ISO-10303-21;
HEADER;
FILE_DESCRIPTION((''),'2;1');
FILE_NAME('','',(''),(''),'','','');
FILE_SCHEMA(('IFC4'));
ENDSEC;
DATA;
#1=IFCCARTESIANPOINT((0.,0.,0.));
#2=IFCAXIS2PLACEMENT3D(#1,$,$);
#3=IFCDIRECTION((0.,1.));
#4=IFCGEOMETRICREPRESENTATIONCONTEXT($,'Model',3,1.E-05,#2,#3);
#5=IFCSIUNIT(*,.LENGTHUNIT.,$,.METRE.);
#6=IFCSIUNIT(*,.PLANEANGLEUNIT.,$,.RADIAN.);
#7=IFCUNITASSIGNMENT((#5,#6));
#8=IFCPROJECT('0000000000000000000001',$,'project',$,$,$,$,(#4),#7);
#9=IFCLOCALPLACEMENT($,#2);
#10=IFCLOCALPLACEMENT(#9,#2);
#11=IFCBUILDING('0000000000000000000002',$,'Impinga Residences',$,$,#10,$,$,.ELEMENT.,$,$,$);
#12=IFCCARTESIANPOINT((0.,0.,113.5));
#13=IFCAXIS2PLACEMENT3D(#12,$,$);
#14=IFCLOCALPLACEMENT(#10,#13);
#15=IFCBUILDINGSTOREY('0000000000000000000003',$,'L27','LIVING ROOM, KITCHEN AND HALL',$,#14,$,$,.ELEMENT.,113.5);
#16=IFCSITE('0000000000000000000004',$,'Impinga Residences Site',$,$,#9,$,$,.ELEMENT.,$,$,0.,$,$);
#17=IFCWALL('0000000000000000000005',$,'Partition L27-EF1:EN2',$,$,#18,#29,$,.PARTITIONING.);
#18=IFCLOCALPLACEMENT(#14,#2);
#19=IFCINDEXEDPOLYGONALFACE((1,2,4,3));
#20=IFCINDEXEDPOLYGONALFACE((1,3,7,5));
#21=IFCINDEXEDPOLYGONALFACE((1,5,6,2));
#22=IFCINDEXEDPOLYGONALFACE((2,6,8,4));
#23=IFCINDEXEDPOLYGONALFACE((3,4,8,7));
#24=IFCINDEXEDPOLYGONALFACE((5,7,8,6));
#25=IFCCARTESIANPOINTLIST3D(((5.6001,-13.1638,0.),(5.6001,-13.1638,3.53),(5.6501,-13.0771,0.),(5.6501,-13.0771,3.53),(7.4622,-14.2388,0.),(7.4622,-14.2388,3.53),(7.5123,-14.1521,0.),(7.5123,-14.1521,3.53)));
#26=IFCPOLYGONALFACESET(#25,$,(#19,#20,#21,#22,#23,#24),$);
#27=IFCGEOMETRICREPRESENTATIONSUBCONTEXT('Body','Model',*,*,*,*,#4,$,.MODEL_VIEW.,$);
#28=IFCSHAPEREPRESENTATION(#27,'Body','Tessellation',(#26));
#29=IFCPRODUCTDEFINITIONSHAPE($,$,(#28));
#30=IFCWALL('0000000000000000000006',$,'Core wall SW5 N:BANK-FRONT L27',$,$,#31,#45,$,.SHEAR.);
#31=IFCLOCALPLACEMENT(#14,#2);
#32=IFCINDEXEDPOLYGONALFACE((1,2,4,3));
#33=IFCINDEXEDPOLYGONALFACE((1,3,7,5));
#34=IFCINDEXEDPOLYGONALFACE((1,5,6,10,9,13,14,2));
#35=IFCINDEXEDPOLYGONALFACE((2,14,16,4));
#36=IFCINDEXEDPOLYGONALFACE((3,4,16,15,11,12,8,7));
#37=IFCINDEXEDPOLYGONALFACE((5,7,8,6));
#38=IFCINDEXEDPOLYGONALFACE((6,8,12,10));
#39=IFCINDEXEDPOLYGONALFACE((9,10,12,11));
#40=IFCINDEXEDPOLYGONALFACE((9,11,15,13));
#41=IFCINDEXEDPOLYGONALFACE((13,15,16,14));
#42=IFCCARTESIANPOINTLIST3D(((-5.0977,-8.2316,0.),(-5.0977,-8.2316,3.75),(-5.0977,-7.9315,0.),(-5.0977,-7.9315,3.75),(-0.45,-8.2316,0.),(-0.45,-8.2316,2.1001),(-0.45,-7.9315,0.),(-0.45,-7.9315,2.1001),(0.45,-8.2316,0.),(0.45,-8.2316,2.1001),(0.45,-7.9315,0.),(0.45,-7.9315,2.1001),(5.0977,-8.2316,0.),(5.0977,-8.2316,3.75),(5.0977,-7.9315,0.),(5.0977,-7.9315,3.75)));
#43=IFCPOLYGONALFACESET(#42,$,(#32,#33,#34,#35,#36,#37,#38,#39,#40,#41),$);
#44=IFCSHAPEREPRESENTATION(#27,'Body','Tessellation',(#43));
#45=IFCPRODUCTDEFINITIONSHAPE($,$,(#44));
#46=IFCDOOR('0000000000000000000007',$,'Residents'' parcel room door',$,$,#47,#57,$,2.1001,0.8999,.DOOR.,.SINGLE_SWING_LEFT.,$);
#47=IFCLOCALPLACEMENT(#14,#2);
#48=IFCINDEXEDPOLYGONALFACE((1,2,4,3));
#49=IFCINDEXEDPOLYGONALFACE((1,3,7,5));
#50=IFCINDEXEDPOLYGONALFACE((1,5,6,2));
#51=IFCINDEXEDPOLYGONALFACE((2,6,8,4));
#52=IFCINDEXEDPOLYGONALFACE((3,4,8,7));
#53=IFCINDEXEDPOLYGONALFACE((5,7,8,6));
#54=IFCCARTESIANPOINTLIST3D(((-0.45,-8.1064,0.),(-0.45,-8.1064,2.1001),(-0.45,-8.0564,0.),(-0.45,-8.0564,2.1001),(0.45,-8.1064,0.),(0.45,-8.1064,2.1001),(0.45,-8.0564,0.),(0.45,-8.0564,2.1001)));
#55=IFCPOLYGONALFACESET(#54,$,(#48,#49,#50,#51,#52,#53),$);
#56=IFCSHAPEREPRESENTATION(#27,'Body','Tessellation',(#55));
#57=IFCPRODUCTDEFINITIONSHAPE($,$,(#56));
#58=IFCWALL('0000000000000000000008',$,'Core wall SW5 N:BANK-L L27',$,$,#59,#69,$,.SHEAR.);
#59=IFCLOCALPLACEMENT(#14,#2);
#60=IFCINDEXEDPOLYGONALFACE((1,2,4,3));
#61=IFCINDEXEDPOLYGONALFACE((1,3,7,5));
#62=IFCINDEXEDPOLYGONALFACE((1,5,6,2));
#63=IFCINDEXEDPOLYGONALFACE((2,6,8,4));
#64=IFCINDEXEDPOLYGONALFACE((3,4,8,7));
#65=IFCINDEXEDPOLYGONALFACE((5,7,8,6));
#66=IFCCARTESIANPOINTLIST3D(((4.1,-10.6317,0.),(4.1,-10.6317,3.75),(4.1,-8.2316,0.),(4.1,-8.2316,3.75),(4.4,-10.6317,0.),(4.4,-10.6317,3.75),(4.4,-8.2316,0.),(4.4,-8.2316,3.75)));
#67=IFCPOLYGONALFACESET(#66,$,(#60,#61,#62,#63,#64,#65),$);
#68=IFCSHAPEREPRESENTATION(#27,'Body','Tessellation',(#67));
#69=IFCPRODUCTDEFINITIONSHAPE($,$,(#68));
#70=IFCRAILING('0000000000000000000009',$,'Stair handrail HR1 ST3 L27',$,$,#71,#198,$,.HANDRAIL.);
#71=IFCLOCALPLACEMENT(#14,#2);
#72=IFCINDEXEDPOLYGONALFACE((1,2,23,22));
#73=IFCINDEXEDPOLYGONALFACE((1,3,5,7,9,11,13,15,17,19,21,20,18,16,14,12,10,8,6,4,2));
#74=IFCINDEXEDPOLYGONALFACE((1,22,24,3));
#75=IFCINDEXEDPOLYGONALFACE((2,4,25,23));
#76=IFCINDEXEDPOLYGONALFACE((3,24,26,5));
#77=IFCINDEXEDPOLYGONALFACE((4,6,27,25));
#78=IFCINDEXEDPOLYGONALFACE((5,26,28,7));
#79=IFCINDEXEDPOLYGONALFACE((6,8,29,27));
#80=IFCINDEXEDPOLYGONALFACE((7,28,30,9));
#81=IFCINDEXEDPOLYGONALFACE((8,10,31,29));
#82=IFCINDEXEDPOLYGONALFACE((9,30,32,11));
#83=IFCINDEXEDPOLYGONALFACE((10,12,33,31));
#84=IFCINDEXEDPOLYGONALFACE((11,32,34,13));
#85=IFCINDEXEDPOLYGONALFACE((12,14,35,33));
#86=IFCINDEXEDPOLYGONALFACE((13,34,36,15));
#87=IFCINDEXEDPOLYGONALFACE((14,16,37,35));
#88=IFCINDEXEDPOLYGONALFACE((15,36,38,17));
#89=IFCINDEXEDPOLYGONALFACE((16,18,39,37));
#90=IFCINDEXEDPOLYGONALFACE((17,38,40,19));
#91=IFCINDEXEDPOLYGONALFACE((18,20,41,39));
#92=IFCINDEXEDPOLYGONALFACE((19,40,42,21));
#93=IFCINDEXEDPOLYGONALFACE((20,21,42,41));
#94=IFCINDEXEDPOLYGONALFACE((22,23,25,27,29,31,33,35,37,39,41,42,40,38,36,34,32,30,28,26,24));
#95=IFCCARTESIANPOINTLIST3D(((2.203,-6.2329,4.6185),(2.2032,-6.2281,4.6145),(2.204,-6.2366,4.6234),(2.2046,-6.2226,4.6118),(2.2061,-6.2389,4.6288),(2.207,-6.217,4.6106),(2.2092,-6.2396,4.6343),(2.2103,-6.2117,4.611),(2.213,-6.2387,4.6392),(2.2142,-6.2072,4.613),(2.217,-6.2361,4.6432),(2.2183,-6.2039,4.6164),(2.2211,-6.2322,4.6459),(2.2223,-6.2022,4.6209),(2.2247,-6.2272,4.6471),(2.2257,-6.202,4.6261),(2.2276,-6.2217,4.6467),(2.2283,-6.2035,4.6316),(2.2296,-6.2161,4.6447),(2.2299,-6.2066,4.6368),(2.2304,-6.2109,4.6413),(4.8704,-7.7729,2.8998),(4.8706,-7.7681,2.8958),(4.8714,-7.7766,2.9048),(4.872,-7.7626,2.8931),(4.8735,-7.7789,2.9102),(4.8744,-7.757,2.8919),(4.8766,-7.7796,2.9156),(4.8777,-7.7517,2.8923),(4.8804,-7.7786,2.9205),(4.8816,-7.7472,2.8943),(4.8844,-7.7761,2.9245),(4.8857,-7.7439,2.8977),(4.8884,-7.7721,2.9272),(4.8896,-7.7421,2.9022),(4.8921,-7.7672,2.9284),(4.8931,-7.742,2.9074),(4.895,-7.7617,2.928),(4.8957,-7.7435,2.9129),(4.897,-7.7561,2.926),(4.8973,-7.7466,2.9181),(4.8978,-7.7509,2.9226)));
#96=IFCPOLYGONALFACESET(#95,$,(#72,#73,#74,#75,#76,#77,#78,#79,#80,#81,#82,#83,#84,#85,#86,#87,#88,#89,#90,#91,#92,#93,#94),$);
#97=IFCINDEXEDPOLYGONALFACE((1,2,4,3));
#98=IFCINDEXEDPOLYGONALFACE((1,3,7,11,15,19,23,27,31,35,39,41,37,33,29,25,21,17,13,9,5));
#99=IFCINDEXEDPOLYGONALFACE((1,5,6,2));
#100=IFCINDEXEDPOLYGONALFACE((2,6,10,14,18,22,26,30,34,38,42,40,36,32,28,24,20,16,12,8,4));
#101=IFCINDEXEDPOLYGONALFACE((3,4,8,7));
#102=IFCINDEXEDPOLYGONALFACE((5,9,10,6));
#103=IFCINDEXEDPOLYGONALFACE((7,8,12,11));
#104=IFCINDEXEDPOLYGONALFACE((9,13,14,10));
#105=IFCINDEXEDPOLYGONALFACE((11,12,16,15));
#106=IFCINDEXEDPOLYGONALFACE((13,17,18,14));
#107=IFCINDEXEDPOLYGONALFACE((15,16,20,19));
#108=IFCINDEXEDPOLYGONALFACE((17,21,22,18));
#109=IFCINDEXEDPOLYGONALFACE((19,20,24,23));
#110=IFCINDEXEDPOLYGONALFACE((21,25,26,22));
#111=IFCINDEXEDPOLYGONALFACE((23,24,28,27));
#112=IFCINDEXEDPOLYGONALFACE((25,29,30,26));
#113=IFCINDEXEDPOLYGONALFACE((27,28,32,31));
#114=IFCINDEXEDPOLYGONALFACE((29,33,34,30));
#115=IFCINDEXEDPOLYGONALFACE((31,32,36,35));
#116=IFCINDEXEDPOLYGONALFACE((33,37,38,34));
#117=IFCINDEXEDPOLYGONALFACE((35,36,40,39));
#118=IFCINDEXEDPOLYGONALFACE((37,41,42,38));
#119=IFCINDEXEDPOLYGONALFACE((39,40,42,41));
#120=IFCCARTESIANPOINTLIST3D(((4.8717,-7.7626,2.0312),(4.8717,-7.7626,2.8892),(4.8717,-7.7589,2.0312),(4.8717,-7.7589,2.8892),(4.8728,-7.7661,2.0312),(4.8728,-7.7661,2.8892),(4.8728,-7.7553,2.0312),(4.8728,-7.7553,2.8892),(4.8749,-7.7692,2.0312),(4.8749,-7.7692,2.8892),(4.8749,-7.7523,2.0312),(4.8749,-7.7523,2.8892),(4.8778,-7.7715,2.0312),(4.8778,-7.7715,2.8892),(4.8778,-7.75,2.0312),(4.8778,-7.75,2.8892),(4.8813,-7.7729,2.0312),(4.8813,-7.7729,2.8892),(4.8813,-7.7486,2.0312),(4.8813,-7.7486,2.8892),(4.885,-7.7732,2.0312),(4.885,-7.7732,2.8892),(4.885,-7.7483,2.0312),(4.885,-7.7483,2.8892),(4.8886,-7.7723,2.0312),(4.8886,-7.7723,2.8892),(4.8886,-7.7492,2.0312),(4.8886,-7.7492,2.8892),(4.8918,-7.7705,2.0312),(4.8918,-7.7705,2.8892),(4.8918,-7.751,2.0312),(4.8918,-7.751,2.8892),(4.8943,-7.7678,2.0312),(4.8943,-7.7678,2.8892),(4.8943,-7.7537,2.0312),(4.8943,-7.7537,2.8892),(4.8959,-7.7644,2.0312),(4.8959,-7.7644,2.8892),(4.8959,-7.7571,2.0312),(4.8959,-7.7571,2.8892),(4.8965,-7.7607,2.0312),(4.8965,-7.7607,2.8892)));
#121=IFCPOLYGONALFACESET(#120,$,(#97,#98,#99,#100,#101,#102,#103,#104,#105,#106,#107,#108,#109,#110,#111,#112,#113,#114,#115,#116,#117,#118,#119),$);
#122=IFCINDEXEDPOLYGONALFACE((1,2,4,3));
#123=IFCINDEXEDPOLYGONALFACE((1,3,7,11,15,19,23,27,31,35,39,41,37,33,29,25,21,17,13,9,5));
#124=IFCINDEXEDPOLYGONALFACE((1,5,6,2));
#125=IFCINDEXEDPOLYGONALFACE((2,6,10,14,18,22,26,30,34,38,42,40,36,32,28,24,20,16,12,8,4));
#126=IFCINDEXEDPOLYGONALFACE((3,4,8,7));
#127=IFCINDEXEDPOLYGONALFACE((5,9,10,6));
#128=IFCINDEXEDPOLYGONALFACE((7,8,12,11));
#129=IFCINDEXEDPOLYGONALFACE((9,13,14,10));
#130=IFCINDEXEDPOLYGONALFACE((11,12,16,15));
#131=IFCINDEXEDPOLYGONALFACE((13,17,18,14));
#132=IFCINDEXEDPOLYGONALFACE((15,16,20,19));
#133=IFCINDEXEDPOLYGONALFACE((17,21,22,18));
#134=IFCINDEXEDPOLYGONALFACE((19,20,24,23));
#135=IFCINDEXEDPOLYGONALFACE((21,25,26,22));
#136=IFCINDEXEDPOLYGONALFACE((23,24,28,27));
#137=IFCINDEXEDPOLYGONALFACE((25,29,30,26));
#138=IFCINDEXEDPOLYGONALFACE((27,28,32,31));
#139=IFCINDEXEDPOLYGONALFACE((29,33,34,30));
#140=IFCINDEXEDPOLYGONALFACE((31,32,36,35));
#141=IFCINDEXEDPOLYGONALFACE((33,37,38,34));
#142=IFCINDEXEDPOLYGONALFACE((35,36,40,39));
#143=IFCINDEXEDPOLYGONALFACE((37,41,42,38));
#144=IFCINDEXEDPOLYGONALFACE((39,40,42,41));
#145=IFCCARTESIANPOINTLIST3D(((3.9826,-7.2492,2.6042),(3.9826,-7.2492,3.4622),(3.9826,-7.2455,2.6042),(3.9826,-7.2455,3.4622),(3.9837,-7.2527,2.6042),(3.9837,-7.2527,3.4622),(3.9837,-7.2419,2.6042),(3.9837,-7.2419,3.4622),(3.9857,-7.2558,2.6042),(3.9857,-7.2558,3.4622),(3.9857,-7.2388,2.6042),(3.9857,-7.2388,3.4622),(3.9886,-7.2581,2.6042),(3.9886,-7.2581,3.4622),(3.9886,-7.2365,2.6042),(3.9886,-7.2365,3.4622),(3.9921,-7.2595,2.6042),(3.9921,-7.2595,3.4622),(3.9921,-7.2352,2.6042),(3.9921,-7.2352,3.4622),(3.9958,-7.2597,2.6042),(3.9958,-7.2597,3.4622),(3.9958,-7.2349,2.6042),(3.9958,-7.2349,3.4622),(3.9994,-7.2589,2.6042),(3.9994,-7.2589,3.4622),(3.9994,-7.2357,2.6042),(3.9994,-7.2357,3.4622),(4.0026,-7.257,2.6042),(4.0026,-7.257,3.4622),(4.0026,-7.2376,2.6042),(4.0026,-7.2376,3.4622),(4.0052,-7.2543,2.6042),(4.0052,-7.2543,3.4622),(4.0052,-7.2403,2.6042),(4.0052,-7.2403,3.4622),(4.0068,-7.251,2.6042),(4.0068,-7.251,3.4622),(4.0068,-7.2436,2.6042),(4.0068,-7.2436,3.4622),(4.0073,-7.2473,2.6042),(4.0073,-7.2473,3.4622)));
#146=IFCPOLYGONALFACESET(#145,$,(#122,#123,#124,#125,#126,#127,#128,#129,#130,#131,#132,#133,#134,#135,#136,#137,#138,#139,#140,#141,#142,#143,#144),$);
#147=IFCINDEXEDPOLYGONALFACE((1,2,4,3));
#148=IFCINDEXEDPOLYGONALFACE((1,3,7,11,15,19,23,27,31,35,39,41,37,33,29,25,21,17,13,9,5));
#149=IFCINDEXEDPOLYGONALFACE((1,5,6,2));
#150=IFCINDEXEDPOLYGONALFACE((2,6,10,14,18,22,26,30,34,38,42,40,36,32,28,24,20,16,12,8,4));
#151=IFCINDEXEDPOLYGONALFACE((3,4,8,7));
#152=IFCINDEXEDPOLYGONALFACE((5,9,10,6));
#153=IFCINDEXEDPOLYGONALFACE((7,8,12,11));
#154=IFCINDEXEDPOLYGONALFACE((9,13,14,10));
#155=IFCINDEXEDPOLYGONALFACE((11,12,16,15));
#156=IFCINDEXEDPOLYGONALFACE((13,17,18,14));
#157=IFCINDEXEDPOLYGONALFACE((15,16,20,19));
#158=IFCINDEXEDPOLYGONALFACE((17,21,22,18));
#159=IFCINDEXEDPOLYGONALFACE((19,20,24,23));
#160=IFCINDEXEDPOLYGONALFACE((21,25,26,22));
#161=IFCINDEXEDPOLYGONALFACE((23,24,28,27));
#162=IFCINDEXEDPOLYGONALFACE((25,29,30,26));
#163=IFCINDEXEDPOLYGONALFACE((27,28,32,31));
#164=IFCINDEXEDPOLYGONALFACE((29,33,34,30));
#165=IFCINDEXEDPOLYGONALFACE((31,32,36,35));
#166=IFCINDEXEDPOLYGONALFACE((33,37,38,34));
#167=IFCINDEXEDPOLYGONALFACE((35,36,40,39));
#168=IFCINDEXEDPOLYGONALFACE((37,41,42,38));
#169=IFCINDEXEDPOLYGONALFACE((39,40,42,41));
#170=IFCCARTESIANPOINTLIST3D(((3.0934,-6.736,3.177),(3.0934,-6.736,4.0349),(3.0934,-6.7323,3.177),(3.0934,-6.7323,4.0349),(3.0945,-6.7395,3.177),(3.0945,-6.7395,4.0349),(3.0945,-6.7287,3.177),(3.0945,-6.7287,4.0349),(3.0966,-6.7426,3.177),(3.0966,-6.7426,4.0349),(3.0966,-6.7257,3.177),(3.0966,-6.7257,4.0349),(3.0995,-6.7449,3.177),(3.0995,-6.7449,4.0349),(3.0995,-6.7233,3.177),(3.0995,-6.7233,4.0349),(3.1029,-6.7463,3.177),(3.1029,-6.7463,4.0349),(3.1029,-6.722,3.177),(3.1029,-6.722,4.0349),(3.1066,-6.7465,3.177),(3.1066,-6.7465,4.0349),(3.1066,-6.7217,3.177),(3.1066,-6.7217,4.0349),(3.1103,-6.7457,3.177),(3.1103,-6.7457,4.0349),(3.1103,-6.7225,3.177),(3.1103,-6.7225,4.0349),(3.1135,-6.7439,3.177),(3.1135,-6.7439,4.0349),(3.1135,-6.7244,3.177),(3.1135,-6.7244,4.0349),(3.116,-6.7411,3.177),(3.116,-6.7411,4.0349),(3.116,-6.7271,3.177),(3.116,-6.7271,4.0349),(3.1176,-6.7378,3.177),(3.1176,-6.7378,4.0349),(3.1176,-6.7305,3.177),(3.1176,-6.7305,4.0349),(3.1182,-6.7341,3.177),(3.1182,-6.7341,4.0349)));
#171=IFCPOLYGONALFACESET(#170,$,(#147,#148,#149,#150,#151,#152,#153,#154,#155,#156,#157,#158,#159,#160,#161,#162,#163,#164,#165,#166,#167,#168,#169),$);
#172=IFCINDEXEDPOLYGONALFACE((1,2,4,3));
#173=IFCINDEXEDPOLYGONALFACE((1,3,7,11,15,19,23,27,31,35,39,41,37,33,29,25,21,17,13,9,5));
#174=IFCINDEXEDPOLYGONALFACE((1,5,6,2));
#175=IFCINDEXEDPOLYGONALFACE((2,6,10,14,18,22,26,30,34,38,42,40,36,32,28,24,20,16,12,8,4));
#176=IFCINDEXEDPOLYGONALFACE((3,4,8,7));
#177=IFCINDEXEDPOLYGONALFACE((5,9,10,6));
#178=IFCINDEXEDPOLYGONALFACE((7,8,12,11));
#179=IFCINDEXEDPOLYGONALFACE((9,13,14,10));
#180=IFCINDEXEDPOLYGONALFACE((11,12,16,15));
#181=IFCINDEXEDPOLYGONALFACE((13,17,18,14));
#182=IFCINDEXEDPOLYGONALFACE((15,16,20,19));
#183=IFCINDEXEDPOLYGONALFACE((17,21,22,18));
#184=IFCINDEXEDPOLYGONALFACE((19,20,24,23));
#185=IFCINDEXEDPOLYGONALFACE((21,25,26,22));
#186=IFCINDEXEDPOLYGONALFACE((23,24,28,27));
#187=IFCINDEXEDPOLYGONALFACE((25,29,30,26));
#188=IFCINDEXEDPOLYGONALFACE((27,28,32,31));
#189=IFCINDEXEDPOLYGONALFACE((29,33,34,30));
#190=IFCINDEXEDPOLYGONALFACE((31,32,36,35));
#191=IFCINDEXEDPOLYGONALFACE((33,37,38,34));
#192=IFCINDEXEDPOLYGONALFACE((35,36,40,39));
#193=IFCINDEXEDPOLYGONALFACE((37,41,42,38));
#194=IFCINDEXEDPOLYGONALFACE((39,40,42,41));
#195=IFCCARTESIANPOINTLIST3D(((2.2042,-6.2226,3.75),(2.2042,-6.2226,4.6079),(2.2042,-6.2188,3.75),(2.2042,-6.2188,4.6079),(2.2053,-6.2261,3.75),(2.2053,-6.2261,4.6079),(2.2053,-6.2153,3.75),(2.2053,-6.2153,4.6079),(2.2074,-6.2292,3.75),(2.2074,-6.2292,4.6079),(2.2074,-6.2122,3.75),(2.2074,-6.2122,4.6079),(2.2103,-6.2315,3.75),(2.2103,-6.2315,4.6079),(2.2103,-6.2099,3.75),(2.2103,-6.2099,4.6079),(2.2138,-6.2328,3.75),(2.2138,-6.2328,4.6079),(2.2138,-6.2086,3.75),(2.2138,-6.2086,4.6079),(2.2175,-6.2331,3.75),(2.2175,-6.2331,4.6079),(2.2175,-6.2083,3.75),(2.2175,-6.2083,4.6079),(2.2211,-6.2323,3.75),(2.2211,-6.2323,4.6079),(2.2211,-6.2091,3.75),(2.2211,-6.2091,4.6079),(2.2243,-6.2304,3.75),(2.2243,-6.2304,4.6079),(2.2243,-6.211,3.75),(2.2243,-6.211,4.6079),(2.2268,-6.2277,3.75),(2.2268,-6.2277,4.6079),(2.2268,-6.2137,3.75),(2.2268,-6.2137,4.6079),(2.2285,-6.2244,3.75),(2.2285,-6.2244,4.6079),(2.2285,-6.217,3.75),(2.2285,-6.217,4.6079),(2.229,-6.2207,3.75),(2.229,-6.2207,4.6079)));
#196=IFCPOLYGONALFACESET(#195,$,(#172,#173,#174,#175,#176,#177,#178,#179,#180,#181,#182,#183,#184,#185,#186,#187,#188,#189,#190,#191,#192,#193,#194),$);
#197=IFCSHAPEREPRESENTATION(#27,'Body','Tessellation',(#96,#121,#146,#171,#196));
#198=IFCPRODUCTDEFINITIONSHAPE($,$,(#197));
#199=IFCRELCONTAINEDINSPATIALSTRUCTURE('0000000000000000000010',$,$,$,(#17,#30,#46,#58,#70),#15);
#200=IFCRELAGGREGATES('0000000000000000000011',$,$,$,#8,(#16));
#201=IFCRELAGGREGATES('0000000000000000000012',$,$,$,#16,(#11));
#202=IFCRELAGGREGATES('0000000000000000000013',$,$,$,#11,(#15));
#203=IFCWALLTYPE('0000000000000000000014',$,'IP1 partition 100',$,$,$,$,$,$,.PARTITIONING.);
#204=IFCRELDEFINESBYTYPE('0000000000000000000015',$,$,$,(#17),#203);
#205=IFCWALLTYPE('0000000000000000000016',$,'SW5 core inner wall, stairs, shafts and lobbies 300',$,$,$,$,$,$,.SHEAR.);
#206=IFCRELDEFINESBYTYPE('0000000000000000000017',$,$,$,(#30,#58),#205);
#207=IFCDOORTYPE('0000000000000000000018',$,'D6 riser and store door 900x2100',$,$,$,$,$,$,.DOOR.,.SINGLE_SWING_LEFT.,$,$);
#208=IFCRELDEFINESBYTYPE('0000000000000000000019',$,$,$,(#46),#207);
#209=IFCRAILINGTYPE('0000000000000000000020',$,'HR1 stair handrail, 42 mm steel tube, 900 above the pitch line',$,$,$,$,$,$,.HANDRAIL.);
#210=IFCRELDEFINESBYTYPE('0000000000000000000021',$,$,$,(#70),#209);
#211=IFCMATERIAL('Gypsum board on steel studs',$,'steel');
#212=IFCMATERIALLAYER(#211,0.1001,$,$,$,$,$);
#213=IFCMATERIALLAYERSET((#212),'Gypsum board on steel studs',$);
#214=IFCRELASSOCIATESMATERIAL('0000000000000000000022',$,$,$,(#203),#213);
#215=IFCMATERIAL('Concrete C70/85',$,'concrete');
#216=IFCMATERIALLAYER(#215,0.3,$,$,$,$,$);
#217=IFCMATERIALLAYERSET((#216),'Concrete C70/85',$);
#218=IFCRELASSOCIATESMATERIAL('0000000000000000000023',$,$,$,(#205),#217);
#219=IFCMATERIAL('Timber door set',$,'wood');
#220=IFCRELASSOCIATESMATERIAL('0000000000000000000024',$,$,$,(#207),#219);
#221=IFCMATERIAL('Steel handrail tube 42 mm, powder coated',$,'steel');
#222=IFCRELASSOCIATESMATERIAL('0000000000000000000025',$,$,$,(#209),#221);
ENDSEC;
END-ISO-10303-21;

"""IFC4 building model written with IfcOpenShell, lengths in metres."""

from ifc_helpers import new_model, si_unit, direction, frame, frame_2d, origin, origin_2d, place, context, subcontext, project, spatial, rectangle, circle, extrude, material, layer, layer_set, type_object, element, fill, save


model = new_model("IFC4")

# Units and contexts
model_context = context("Model", 3, precision=1e-05, world=origin(), true_north=direction((0.0, 1.0)))
body_context = subcontext(model_context, "Body", "Model", "MODEL_VIEW")
ifc_project = project(units=[si_unit("LENGTHUNIT", "METRE"), si_unit("PLANEANGLEUNIT", "RADIAN")], contexts=[model_context])

# Site, building, storey
site_placement = place(None, origin())
site = spatial("IfcSite", under=ifc_project, at=site_placement, Name="Impinga Residences Site", CompositionType="ELEMENT", RefElevation=0.0)
building_placement = place(site_placement, origin())
building = spatial("IfcBuilding", under=site, at=building_placement, Name="Impinga Residences", CompositionType="ELEMENT")
storey_placement = place(building_placement, frame((0.0, 0.0, 113.5)))
storey = spatial("IfcBuildingStorey", under=building, at=storey_placement, Name="L27", Description="LIVING ROOM, KITCHEN AND HALL", CompositionType="ELEMENT", Elevation=113.5)

# Shared definitions
ifc_material_1 = material(Name="Gypsum board on steel studs", Category="steel")
ifc_layer_1 = layer(ifc_material_1, 0.1001)
ifc_layer_set_1 = layer_set([ifc_layer_1], Name="Gypsum board on steel studs")
wall_type_1 = type_object("IfcWallType", Name="IP1 partition 100", PredefinedType="PARTITIONING", material=ifc_layer_set_1)

# Shared definitions
ifc_material_2 = material(Name="Timber door set", Category="wood")

# Wall
wall_1_placement = place(storey_placement, frame((5.625, -13.1204, 0.0), z_axis=(0.0, 0.0, 1.0), x_axis=(0.866048, -0.499962, 0.0)))
element("IfcWall", 1, at=wall_1_placement, inside=storey, type_object=wall_type_1, Name="Partition L27-EF1:EN2", PredefinedType="PARTITIONING", context=body_context, shape_type="SweptSolid", body=[
    extrude(rectangle(XDim=2.1501, YDim=0.1001, at=frame_2d((1.0752, 0.0))), origin(), (0.0, 0.0, 1.0), 3.53),
])

# Wall, opening, door
ifc_material_3 = material(Name="Concrete C70/85", Category="concrete")
ifc_layer_2 = layer(ifc_material_3, 0.3)
ifc_layer_set_2 = layer_set([ifc_layer_2], Name="Concrete C70/85")
wall_type_2 = type_object("IfcWallType", Name="SW5 core inner wall, stairs, shafts and lobbies 300", PredefinedType="SHEAR", material=ifc_layer_set_2)
wall_2_placement = place(storey_placement, frame((5.0977, -8.0815, 0.0), z_axis=(0.0, 0.0, 1.0), x_axis=(-1.0, 0.0, 0.0)))
wall_2 = element("IfcWall", 2, at=wall_2_placement, inside=storey, type_object=wall_type_2, Name="Core wall SW5 N:BANK-FRONT L27", PredefinedType="SHEAR", context=body_context, shape_type="SweptSolid", body=[
    extrude(rectangle(XDim=10.1953, YDim=0.3, at=frame_2d((5.0977, 0.0))), origin(), (0.0, 0.0, 1.0), 3.75),
])
opening_1_placement = place(wall_2_placement, frame((4.6477, 0.0, 0.0)))
opening_1 = element("IfcOpeningElement", 3, at=opening_1_placement, cuts=wall_2, PredefinedType="OPENING", context=body_context, shape_type="SweptSolid", body=[
    extrude(rectangle(XDim=0.8999, YDim=2.1001, at=frame_2d((0.45, 1.05))), frame((0.0, 0.1599, 0.0), z_axis=(0.0, -1.0, 0.0), x_axis=(1.0, 0.0, 0.0)), (0.0, 0.0, 1.0), 0.3201),
])
door_type_1 = type_object("IfcDoorType", Name="D6 riser and store door 900x2100", OperationType="SINGLE_SWING_LEFT", PredefinedType="DOOR", material=ifc_material_2)
door_1_placement = place(opening_1_placement, origin())
door_1 = element("IfcDoor", 4, at=door_1_placement, inside=storey, type_object=door_type_1, Name="Residents' parcel room door", OperationType="SINGLE_SWING_LEFT", OverallHeight=2.1001, OverallWidth=0.8999, PredefinedType="DOOR", context=body_context, shape_type="SweptSolid", body=[
    extrude(rectangle(XDim=0.8999, YDim=2.1001, at=frame_2d((0.45, 1.05))), frame((0.0, 0.0249, 0.0), z_axis=(0.0, -1.0, 0.0), x_axis=(1.0, 0.0, 0.0)), (0.0, 0.0, 1.0), 0.05),
])
fill(opening_1, door_1)

# Wall
wall_3_placement = place(storey_placement, frame((4.25, -8.2314, 0.0), z_axis=(0.0, 0.0, 1.0), x_axis=(0.0, -1.0, 0.0)))
element("IfcWall", 5, at=wall_3_placement, inside=storey, type_object=wall_type_2, Name="Core wall SW5 N:BANK-L L27", PredefinedType="SHEAR", context=body_context, shape_type="SweptSolid", body=[
    extrude(rectangle(XDim=2.4001, YDim=0.3, at=frame_2d((1.2002, 0.0))), origin(), (0.0, 0.0, 1.0), 3.75),
])

# Railing
ifc_material_4 = material(Name="Steel handrail tube 42 mm, powder coated", Category="steel")
railing_type = type_object("IfcRailingType", Name="HR1 stair handrail, 42 mm steel tube, 900 above the pitch line", PredefinedType="HANDRAIL", material=ifc_material_4)
railing_placement = place(storey_placement, frame((4.884, -7.7607, 2.0312)))
element("IfcRailing", 6, at=railing_placement, inside=storey, type_object=railing_type, Name="Stair handrail HR1 ST3 L27", PredefinedType="HANDRAIL", context=body_context, shape_type="SweptSolid", body=[
    extrude(circle(Radius=0.021, at=origin_2d()), frame((0.0, 0.0, 0.8789), z_axis=(-0.756256, 0.436616, 0.487282), x_axis=(-0.499992, -0.86603, 0.0)), (0.0, 0.0, 1.0), 3.5271),
    extrude(circle(Radius=0.0125, at=origin_2d()), origin(), (0.0, 0.0, 1.0), 0.8579),
    extrude(circle(Radius=0.0125, at=origin_2d()), frame((-0.8892, 0.5134, 0.573)), (0.0, 0.0, 1.0), 0.8579),
    extrude(circle(Radius=0.0125, at=origin_2d()), frame((-1.7783, 1.0266, 1.1458)), (0.0, 0.0, 1.0), 0.8579),
    extrude(circle(Radius=0.0125, at=origin_2d()), frame((-2.6675, 1.54, 1.7188)), (0.0, 0.0, 1.0), 0.8579),
])

save(model, "model.ifc")
